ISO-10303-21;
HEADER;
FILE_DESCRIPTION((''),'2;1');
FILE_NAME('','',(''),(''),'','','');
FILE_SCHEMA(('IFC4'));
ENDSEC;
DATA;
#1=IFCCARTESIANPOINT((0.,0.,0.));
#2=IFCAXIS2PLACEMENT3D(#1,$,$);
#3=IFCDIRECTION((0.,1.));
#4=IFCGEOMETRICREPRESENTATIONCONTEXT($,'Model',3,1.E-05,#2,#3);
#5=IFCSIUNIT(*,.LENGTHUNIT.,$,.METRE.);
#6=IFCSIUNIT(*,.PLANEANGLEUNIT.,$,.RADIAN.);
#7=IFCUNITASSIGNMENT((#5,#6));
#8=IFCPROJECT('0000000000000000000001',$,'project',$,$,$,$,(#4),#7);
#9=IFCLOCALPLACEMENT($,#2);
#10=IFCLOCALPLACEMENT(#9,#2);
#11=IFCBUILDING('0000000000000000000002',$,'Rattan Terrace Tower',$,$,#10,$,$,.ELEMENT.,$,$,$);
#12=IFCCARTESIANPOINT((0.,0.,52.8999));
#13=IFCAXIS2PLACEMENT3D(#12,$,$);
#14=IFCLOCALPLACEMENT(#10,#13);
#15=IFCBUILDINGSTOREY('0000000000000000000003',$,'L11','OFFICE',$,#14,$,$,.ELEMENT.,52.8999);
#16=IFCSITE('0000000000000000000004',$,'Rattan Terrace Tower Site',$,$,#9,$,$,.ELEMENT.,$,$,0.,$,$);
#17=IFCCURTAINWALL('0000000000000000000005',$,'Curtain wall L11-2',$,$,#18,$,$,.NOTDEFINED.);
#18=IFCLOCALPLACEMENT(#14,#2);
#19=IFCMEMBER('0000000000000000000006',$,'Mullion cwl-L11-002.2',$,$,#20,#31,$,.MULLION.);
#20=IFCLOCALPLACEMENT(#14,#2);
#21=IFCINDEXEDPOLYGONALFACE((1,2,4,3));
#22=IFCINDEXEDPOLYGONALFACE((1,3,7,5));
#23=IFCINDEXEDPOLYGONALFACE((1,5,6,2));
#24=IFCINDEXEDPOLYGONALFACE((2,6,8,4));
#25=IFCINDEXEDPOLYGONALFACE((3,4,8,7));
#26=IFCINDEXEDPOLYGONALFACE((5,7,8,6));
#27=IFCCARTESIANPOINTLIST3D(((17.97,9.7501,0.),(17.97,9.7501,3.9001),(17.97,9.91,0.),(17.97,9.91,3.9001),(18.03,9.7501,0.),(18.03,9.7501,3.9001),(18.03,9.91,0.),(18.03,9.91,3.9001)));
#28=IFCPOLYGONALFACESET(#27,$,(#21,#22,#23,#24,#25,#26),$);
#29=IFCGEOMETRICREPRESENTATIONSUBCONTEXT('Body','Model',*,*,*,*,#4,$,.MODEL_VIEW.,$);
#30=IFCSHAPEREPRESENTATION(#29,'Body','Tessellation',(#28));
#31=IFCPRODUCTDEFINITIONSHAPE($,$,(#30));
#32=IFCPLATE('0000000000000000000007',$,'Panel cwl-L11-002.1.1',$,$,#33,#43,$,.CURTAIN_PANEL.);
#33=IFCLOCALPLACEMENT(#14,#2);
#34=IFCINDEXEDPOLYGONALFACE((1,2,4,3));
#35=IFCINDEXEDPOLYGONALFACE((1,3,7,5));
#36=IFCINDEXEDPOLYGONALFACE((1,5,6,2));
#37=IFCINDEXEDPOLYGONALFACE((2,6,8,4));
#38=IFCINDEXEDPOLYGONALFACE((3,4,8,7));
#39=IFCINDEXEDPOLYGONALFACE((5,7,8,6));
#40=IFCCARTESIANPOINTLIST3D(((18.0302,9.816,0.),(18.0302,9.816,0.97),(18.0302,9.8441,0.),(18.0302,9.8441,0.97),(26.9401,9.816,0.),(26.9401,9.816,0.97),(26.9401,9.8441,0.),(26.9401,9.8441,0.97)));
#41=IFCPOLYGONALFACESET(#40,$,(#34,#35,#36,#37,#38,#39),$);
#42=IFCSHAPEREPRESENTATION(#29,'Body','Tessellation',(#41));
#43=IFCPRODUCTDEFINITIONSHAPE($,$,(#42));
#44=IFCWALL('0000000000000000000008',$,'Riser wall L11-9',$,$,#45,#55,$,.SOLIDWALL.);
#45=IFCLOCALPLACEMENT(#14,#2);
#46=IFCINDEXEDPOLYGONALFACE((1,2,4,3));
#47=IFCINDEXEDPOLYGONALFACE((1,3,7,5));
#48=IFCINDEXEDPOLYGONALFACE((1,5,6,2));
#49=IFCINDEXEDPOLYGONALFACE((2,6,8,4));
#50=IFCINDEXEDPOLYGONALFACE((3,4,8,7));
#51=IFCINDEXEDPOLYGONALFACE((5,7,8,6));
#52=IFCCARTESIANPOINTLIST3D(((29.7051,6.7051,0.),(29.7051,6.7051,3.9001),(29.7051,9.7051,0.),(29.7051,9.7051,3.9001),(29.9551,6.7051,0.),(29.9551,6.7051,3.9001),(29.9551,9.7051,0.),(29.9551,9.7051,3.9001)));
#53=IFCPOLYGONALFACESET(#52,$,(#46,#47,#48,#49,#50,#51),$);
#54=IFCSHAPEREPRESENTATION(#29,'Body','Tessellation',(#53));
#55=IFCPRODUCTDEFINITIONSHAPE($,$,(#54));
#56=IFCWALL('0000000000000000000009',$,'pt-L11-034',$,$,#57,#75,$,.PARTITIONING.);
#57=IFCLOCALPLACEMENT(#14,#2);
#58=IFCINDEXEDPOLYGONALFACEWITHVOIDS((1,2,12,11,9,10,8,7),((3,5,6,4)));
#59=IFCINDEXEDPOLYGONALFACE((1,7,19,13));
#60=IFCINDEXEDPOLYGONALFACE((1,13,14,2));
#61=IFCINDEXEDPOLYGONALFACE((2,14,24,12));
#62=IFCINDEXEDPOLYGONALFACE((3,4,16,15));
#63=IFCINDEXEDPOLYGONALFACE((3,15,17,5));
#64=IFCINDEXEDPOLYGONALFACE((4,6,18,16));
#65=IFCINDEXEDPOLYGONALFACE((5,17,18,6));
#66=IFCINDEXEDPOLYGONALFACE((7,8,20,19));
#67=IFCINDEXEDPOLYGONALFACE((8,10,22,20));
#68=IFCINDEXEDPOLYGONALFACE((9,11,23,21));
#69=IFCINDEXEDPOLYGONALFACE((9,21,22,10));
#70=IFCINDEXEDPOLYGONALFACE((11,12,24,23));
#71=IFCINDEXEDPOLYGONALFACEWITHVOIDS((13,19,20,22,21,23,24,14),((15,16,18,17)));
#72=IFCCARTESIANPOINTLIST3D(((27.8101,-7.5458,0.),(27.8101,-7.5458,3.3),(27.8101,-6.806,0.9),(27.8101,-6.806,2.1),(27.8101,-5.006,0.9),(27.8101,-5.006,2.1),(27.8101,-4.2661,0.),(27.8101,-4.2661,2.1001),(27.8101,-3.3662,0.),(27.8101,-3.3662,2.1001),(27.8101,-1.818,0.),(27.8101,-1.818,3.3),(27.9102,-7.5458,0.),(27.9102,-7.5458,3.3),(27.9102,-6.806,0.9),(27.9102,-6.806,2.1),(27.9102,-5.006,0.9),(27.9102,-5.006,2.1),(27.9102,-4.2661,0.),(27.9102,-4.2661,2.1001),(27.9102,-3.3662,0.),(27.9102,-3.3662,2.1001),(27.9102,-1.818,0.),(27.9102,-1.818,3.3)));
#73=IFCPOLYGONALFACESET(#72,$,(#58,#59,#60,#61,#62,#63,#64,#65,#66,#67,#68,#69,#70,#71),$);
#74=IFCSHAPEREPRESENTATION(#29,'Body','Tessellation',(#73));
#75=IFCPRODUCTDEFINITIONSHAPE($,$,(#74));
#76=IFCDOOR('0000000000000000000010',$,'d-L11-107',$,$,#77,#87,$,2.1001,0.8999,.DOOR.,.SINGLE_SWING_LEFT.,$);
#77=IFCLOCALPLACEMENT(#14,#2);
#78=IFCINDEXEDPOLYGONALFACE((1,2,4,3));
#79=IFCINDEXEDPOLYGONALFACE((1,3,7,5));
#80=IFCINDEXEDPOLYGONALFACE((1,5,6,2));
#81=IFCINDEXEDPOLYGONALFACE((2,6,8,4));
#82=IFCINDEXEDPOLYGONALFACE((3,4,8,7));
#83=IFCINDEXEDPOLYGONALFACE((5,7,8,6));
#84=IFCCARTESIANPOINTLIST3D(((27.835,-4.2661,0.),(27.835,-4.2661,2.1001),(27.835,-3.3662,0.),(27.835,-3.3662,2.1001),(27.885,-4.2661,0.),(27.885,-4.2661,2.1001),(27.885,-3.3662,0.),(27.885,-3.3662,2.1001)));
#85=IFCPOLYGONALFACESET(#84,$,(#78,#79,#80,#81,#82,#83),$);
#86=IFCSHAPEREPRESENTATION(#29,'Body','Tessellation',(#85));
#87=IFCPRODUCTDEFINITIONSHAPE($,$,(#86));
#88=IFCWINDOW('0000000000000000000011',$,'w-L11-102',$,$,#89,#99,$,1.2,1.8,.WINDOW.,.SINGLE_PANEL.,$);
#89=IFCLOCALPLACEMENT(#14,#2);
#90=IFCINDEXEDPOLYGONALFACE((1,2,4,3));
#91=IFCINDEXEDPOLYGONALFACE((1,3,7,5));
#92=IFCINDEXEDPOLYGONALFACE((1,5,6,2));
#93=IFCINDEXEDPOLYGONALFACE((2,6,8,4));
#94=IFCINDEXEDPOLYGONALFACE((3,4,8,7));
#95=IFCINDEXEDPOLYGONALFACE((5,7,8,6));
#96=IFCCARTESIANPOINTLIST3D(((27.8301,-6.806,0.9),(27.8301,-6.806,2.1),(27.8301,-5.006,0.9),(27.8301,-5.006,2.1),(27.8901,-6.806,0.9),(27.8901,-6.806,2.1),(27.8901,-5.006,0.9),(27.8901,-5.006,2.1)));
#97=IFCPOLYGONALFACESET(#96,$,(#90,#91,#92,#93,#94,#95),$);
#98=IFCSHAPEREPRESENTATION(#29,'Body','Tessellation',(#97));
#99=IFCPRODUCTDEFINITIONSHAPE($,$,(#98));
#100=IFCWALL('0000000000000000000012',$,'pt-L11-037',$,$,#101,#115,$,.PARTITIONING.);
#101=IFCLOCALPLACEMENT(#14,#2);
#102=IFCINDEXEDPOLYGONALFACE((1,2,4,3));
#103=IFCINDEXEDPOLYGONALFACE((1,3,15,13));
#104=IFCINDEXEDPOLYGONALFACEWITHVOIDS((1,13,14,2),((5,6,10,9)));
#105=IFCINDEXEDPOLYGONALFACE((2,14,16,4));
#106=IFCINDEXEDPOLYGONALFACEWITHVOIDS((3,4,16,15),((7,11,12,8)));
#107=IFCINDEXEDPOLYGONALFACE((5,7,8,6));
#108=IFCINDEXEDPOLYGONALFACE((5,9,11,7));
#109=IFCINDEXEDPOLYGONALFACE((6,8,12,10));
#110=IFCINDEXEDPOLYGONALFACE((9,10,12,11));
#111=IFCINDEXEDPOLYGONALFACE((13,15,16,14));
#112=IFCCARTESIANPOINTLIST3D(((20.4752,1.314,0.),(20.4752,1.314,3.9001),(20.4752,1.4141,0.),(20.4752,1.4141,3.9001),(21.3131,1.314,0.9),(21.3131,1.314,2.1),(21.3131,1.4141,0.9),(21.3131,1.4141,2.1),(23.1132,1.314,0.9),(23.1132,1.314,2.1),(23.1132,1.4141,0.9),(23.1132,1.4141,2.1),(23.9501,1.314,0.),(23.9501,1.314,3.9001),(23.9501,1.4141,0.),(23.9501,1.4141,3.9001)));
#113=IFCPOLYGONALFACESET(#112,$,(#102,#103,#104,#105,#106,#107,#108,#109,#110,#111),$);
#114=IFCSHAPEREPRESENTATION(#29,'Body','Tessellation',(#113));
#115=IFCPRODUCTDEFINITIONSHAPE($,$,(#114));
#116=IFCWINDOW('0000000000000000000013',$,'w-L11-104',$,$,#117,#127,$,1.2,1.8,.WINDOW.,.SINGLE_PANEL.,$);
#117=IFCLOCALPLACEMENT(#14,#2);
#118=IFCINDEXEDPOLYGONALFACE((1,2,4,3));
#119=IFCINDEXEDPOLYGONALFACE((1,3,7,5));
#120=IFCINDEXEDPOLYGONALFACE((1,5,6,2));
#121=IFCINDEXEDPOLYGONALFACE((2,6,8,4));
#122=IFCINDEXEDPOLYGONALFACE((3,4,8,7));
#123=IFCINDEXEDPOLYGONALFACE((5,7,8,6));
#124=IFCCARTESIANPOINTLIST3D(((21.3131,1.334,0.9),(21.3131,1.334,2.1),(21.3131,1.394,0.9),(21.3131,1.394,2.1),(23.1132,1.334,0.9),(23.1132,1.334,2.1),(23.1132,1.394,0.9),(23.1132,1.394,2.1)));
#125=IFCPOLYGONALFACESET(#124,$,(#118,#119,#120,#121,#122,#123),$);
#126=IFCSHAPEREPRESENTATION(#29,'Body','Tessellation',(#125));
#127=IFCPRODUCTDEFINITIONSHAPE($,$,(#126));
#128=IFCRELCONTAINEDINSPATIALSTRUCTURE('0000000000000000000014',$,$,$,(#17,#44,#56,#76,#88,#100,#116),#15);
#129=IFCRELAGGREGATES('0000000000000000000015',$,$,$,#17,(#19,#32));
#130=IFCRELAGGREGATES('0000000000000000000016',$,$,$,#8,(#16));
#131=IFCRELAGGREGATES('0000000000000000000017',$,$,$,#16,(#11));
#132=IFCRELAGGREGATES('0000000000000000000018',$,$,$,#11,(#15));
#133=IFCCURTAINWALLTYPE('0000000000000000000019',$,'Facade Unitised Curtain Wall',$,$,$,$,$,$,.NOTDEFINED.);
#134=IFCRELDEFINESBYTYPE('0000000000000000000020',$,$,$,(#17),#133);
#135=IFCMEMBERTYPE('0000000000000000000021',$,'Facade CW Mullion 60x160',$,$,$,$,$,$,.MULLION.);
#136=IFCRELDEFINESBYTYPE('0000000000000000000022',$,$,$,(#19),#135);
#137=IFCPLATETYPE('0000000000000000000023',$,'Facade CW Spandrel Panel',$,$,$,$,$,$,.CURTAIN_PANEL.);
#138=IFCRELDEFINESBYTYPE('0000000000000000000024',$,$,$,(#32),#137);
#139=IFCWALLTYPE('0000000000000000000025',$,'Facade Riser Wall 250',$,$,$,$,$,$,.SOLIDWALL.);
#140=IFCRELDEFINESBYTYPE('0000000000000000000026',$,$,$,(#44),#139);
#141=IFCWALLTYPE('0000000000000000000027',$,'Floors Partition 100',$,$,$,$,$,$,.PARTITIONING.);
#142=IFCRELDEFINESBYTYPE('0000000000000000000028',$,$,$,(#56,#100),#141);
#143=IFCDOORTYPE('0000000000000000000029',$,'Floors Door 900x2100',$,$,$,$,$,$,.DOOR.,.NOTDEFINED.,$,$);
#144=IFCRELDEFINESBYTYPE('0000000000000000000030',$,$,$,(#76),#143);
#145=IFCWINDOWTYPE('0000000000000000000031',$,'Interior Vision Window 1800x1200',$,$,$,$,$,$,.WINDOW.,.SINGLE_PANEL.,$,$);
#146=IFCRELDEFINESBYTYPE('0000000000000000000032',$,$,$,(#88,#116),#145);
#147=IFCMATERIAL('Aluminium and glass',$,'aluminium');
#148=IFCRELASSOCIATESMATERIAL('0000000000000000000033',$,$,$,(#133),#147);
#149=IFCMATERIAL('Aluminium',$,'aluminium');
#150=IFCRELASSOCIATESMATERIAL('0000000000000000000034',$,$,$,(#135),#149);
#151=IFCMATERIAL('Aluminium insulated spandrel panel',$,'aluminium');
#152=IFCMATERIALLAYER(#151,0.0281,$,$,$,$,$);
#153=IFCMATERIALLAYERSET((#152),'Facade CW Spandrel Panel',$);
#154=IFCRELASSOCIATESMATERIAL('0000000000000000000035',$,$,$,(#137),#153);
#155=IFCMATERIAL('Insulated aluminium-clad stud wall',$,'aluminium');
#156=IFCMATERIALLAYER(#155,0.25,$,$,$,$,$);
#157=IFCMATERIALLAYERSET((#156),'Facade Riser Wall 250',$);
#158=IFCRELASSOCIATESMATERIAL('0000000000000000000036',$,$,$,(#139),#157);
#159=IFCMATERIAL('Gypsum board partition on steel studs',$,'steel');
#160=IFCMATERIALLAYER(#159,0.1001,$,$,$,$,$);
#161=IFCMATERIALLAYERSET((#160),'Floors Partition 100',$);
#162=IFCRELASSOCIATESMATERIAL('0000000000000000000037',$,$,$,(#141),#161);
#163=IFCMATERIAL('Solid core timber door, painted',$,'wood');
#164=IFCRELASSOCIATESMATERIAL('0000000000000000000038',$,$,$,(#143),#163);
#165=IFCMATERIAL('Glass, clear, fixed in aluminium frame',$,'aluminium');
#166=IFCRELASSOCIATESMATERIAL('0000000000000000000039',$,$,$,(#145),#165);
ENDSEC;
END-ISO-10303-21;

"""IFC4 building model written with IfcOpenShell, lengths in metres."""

from ifc_helpers import new_model, si_unit, direction, frame, frame_2d, origin, origin_2d, place, context, subcontext, project, spatial, rectangle, extrude, material, layer, layer_set, material_profile, profile_set, type_object, element, fill, aggregate, save


model = new_model("IFC4")

# Units and contexts
model_context = context("Model", 3, precision=1e-05, world=origin(), true_north=direction((0.0, 1.0)))
body_context = subcontext(model_context, "Body", "Model", "MODEL_VIEW")
ifc_project = project(units=[si_unit("LENGTHUNIT", "METRE"), si_unit("PLANEANGLEUNIT", "RADIAN")], contexts=[model_context])

# Site, building, storey
site_placement = place(None, origin())
site = spatial("IfcSite", under=ifc_project, at=site_placement, Name="Rattan Terrace Tower Site", CompositionType="ELEMENT", RefElevation=0.0)
building_placement = place(site_placement, origin())
building = spatial("IfcBuilding", under=site, at=building_placement, Name="Rattan Terrace Tower", CompositionType="ELEMENT")
storey_placement = place(building_placement, frame((0.0, 0.0, 52.8999)))
storey = spatial("IfcBuildingStorey", under=building, at=storey_placement, Name="L11", Description="OFFICE", CompositionType="ELEMENT", Elevation=52.8999)

# Curtain wall, member, plate
ifc_material_1 = material(Name="Aluminium and glass", Category="aluminium")
curtain_wall_type = type_object("IfcCurtainWallType", Name="Facade Unitised Curtain Wall", PredefinedType="NOTDEFINED", material=ifc_material_1)
curtain_wall_placement = place(storey_placement, origin())
curtain_wall = element("IfcCurtainWall", 1, at=curtain_wall_placement, inside=storey, type_object=curtain_wall_type, Name="Curtain wall L11-2", PredefinedType="NOTDEFINED")
ifc_material_2 = material(Name="Aluminium", Category="aluminium")
ifc_material_profile = material_profile(ifc_material_2, rectangle(XDim=0.0601, YDim=0.1599, at=origin_2d()), Name="Aluminium 60x160")
ifc_profile_set = profile_set([ifc_material_profile], Name="Aluminium")
member_type = type_object("IfcMemberType", Name="Facade CW Mullion 60x160", PredefinedType="MULLION", material=ifc_profile_set)
member_placement = place(storey_placement, frame((18.0, 9.8301, 0.0), z_axis=(0.0, 0.0, 1.0), x_axis=(-1.0, 0.0, 0.0)))
member = element("IfcMember", 2, at=member_placement, type_object=member_type, Name="Mullion cwl-L11-002.2", PredefinedType="MULLION", context=body_context, shape_type="SweptSolid", body=[
    extrude(rectangle(XDim=0.0601, YDim=0.1599, at=origin_2d()), origin(), (0.0, 0.0, 1.0), 3.9001),
])
ifc_material_3 = material(Name="Aluminium insulated spandrel panel", Category="aluminium")
ifc_layer_1 = layer(ifc_material_3, 0.0281)
ifc_layer_set_1 = layer_set([ifc_layer_1], Name="Facade CW Spandrel Panel")
plate_type = type_object("IfcPlateType", Name="Facade CW Spandrel Panel", PredefinedType="CURTAIN_PANEL", material=ifc_layer_set_1)
plate_placement = place(storey_placement, frame((22.4851, 9.8301, 0.0), z_axis=(0.0, 0.0, 1.0), x_axis=(-1.0, 0.0, 0.0)))
plate = element("IfcPlate", 3, at=plate_placement, type_object=plate_type, Name="Panel cwl-L11-002.1.1", PredefinedType="CURTAIN_PANEL", context=body_context, shape_type="SweptSolid", body=[
    extrude(rectangle(XDim=8.9099, YDim=0.0281, at=origin_2d()), origin(), (0.0, 0.0, 1.0), 0.97),
])
aggregate(curtain_wall, [member, plate])

# Wall
ifc_material_4 = material(Name="Insulated aluminium-clad stud wall", Category="aluminium")
ifc_layer_2 = layer(ifc_material_4, 0.25)
ifc_layer_set_2 = layer_set([ifc_layer_2], Name="Facade Riser Wall 250")
wall_type_1 = type_object("IfcWallType", Name="Facade Riser Wall 250", PredefinedType="SOLIDWALL", material=ifc_layer_set_2)
wall_1_placement = place(storey_placement, frame((29.8301, 6.7051, 0.0), z_axis=(0.0, 0.0, 1.0), x_axis=(0.0, 1.0, 0.0)))
element("IfcWall", 4, at=wall_1_placement, inside=storey, type_object=wall_type_1, Name="Riser wall L11-9", PredefinedType="SOLIDWALL", context=body_context, shape_type="SweptSolid", body=[
    extrude(rectangle(XDim=3.0, YDim=0.25, at=frame_2d((1.5, 0.0))), origin(), (0.0, 0.0, 1.0), 3.9001),
])

# Wall, openings, door, window
ifc_material_5 = material(Name="Gypsum board partition on steel studs", Category="steel")
ifc_layer_3 = layer(ifc_material_5, 0.1001)
ifc_layer_set_3 = layer_set([ifc_layer_3], Name="Floors Partition 100")
wall_type_2 = type_object("IfcWallType", Name="Floors Partition 100", PredefinedType="PARTITIONING", material=ifc_layer_set_3)
wall_2_placement = place(storey_placement, frame((27.8601, -1.8181, 0.0), z_axis=(0.0, 0.0, 1.0), x_axis=(0.0, -1.0, 0.0)))
wall_2 = element("IfcWall", 5, at=wall_2_placement, inside=storey, type_object=wall_type_2, Name="pt-L11-034", PredefinedType="PARTITIONING", context=body_context, shape_type="SweptSolid", body=[
    extrude(rectangle(XDim=5.7278, YDim=0.1001, at=frame_2d((2.8638, 0.0))), origin(), (0.0, 0.0, 1.0), 3.3),
])
opening_1_placement = place(wall_2_placement, frame((1.5481, 0.0, 0.0)))
opening_1 = element("IfcOpeningElement", 6, at=opening_1_placement, cuts=wall_2, PredefinedType="OPENING", context=body_context, shape_type="SweptSolid", body=[
    extrude(rectangle(XDim=0.8999, YDim=2.1001, at=frame_2d((0.45, 1.05))), frame((0.0, 0.0605, 0.0), z_axis=(0.0, -1.0, 0.0), x_axis=(1.0, 0.0, 0.0)), (0.0, 0.0, 1.0), 0.1211),
])
opening_2_placement = place(wall_2_placement, frame((3.188, 0.0, 0.8999)))
opening_2 = element("IfcOpeningElement", 7, at=opening_2_placement, cuts=wall_2, PredefinedType="OPENING", context=body_context, shape_type="SweptSolid", body=[
    extrude(rectangle(XDim=1.8, YDim=1.2, at=frame_2d((0.8999, 0.6001))), frame((0.0, 0.0605, 0.0), z_axis=(0.0, -1.0, 0.0), x_axis=(1.0, 0.0, 0.0)), (0.0, 0.0, 1.0), 0.1211),
])
ifc_material_6 = material(Name="Solid core timber door, painted", Category="wood")
door_type_1 = type_object("IfcDoorType", Name="Floors Door 900x2100", OperationType="NOTDEFINED", PredefinedType="DOOR", material=ifc_material_6)
door_1_placement = place(opening_1_placement, origin())
door_1 = element("IfcDoor", 8, at=door_1_placement, inside=storey, type_object=door_type_1, Name="d-L11-107", OperationType="SINGLE_SWING_LEFT", OverallHeight=2.1001, OverallWidth=0.8999, PredefinedType="DOOR", context=body_context, shape_type="SweptSolid", body=[
    extrude(rectangle(XDim=0.8999, YDim=2.1001, at=frame_2d((0.45, 1.05))), frame((0.0, 0.0249, 0.0), z_axis=(0.0, -1.0, 0.0), x_axis=(1.0, 0.0, 0.0)), (0.0, 0.0, 1.0), 0.05),
])
fill(opening_1, door_1)
ifc_material_7 = material(Name="Glass, clear, fixed in aluminium frame", Category="aluminium")
window_type_1 = type_object("IfcWindowType", Name="Interior Vision Window 1800x1200", PartitioningType="SINGLE_PANEL", PredefinedType="WINDOW", material=ifc_material_7)
window_1_placement = place(opening_2_placement, origin())
window_1 = element("IfcWindow", 9, at=window_1_placement, inside=storey, type_object=window_type_1, Name="w-L11-102", OverallHeight=1.2, OverallWidth=1.8, PartitioningType="SINGLE_PANEL", PredefinedType="WINDOW", context=body_context, shape_type="SweptSolid", body=[
    extrude(rectangle(XDim=1.8, YDim=1.2, at=frame_2d((0.8999, 0.6001))), frame((0.0, 0.03, 0.0), z_axis=(0.0, -1.0, 0.0), x_axis=(1.0, 0.0, 0.0)), (0.0, 0.0, 1.0), 0.0601),
])
fill(opening_2, window_1)

# Wall, opening, window
wall_3_placement = place(storey_placement, frame((23.95, 1.364, 0.0), z_axis=(0.0, 0.0, 1.0), x_axis=(-1.0, 0.0, 0.0)))
wall_3 = element("IfcWall", 10, at=wall_3_placement, inside=storey, type_object=wall_type_2, Name="pt-L11-037", PredefinedType="PARTITIONING", context=body_context, shape_type="SweptSolid", body=[
    extrude(rectangle(XDim=3.4749, YDim=0.1001, at=frame_2d((1.7373, 0.0))), origin(), (0.0, 0.0, 1.0), 3.9001),
])
opening_3_placement = place(wall_3_placement, frame((0.8369, 0.0, 0.8999)))
opening_3 = element("IfcOpeningElement", 11, at=opening_3_placement, cuts=wall_3, PredefinedType="OPENING", context=body_context, shape_type="SweptSolid", body=[
    extrude(rectangle(XDim=1.8, YDim=1.2, at=frame_2d((0.8999, 0.6001))), frame((0.0, 0.0605, 0.0), z_axis=(0.0, -1.0, 0.0), x_axis=(1.0, 0.0, 0.0)), (0.0, 0.0, 1.0), 0.1211),
])
window_2_placement = place(opening_3_placement, origin())
window_2 = element("IfcWindow", 12, at=window_2_placement, inside=storey, type_object=window_type_1, Name="w-L11-104", OverallHeight=1.2, OverallWidth=1.8, PartitioningType="SINGLE_PANEL", PredefinedType="WINDOW", context=body_context, shape_type="SweptSolid", body=[
    extrude(rectangle(XDim=1.8, YDim=1.2, at=frame_2d((0.8999, 0.6001))), frame((0.0, 0.03, 0.0), z_axis=(0.0, -1.0, 0.0), x_axis=(1.0, 0.0, 0.0)), (0.0, 0.0, 1.0), 0.0601),
])
fill(opening_3, window_2)

save(model, "model.ifc")
